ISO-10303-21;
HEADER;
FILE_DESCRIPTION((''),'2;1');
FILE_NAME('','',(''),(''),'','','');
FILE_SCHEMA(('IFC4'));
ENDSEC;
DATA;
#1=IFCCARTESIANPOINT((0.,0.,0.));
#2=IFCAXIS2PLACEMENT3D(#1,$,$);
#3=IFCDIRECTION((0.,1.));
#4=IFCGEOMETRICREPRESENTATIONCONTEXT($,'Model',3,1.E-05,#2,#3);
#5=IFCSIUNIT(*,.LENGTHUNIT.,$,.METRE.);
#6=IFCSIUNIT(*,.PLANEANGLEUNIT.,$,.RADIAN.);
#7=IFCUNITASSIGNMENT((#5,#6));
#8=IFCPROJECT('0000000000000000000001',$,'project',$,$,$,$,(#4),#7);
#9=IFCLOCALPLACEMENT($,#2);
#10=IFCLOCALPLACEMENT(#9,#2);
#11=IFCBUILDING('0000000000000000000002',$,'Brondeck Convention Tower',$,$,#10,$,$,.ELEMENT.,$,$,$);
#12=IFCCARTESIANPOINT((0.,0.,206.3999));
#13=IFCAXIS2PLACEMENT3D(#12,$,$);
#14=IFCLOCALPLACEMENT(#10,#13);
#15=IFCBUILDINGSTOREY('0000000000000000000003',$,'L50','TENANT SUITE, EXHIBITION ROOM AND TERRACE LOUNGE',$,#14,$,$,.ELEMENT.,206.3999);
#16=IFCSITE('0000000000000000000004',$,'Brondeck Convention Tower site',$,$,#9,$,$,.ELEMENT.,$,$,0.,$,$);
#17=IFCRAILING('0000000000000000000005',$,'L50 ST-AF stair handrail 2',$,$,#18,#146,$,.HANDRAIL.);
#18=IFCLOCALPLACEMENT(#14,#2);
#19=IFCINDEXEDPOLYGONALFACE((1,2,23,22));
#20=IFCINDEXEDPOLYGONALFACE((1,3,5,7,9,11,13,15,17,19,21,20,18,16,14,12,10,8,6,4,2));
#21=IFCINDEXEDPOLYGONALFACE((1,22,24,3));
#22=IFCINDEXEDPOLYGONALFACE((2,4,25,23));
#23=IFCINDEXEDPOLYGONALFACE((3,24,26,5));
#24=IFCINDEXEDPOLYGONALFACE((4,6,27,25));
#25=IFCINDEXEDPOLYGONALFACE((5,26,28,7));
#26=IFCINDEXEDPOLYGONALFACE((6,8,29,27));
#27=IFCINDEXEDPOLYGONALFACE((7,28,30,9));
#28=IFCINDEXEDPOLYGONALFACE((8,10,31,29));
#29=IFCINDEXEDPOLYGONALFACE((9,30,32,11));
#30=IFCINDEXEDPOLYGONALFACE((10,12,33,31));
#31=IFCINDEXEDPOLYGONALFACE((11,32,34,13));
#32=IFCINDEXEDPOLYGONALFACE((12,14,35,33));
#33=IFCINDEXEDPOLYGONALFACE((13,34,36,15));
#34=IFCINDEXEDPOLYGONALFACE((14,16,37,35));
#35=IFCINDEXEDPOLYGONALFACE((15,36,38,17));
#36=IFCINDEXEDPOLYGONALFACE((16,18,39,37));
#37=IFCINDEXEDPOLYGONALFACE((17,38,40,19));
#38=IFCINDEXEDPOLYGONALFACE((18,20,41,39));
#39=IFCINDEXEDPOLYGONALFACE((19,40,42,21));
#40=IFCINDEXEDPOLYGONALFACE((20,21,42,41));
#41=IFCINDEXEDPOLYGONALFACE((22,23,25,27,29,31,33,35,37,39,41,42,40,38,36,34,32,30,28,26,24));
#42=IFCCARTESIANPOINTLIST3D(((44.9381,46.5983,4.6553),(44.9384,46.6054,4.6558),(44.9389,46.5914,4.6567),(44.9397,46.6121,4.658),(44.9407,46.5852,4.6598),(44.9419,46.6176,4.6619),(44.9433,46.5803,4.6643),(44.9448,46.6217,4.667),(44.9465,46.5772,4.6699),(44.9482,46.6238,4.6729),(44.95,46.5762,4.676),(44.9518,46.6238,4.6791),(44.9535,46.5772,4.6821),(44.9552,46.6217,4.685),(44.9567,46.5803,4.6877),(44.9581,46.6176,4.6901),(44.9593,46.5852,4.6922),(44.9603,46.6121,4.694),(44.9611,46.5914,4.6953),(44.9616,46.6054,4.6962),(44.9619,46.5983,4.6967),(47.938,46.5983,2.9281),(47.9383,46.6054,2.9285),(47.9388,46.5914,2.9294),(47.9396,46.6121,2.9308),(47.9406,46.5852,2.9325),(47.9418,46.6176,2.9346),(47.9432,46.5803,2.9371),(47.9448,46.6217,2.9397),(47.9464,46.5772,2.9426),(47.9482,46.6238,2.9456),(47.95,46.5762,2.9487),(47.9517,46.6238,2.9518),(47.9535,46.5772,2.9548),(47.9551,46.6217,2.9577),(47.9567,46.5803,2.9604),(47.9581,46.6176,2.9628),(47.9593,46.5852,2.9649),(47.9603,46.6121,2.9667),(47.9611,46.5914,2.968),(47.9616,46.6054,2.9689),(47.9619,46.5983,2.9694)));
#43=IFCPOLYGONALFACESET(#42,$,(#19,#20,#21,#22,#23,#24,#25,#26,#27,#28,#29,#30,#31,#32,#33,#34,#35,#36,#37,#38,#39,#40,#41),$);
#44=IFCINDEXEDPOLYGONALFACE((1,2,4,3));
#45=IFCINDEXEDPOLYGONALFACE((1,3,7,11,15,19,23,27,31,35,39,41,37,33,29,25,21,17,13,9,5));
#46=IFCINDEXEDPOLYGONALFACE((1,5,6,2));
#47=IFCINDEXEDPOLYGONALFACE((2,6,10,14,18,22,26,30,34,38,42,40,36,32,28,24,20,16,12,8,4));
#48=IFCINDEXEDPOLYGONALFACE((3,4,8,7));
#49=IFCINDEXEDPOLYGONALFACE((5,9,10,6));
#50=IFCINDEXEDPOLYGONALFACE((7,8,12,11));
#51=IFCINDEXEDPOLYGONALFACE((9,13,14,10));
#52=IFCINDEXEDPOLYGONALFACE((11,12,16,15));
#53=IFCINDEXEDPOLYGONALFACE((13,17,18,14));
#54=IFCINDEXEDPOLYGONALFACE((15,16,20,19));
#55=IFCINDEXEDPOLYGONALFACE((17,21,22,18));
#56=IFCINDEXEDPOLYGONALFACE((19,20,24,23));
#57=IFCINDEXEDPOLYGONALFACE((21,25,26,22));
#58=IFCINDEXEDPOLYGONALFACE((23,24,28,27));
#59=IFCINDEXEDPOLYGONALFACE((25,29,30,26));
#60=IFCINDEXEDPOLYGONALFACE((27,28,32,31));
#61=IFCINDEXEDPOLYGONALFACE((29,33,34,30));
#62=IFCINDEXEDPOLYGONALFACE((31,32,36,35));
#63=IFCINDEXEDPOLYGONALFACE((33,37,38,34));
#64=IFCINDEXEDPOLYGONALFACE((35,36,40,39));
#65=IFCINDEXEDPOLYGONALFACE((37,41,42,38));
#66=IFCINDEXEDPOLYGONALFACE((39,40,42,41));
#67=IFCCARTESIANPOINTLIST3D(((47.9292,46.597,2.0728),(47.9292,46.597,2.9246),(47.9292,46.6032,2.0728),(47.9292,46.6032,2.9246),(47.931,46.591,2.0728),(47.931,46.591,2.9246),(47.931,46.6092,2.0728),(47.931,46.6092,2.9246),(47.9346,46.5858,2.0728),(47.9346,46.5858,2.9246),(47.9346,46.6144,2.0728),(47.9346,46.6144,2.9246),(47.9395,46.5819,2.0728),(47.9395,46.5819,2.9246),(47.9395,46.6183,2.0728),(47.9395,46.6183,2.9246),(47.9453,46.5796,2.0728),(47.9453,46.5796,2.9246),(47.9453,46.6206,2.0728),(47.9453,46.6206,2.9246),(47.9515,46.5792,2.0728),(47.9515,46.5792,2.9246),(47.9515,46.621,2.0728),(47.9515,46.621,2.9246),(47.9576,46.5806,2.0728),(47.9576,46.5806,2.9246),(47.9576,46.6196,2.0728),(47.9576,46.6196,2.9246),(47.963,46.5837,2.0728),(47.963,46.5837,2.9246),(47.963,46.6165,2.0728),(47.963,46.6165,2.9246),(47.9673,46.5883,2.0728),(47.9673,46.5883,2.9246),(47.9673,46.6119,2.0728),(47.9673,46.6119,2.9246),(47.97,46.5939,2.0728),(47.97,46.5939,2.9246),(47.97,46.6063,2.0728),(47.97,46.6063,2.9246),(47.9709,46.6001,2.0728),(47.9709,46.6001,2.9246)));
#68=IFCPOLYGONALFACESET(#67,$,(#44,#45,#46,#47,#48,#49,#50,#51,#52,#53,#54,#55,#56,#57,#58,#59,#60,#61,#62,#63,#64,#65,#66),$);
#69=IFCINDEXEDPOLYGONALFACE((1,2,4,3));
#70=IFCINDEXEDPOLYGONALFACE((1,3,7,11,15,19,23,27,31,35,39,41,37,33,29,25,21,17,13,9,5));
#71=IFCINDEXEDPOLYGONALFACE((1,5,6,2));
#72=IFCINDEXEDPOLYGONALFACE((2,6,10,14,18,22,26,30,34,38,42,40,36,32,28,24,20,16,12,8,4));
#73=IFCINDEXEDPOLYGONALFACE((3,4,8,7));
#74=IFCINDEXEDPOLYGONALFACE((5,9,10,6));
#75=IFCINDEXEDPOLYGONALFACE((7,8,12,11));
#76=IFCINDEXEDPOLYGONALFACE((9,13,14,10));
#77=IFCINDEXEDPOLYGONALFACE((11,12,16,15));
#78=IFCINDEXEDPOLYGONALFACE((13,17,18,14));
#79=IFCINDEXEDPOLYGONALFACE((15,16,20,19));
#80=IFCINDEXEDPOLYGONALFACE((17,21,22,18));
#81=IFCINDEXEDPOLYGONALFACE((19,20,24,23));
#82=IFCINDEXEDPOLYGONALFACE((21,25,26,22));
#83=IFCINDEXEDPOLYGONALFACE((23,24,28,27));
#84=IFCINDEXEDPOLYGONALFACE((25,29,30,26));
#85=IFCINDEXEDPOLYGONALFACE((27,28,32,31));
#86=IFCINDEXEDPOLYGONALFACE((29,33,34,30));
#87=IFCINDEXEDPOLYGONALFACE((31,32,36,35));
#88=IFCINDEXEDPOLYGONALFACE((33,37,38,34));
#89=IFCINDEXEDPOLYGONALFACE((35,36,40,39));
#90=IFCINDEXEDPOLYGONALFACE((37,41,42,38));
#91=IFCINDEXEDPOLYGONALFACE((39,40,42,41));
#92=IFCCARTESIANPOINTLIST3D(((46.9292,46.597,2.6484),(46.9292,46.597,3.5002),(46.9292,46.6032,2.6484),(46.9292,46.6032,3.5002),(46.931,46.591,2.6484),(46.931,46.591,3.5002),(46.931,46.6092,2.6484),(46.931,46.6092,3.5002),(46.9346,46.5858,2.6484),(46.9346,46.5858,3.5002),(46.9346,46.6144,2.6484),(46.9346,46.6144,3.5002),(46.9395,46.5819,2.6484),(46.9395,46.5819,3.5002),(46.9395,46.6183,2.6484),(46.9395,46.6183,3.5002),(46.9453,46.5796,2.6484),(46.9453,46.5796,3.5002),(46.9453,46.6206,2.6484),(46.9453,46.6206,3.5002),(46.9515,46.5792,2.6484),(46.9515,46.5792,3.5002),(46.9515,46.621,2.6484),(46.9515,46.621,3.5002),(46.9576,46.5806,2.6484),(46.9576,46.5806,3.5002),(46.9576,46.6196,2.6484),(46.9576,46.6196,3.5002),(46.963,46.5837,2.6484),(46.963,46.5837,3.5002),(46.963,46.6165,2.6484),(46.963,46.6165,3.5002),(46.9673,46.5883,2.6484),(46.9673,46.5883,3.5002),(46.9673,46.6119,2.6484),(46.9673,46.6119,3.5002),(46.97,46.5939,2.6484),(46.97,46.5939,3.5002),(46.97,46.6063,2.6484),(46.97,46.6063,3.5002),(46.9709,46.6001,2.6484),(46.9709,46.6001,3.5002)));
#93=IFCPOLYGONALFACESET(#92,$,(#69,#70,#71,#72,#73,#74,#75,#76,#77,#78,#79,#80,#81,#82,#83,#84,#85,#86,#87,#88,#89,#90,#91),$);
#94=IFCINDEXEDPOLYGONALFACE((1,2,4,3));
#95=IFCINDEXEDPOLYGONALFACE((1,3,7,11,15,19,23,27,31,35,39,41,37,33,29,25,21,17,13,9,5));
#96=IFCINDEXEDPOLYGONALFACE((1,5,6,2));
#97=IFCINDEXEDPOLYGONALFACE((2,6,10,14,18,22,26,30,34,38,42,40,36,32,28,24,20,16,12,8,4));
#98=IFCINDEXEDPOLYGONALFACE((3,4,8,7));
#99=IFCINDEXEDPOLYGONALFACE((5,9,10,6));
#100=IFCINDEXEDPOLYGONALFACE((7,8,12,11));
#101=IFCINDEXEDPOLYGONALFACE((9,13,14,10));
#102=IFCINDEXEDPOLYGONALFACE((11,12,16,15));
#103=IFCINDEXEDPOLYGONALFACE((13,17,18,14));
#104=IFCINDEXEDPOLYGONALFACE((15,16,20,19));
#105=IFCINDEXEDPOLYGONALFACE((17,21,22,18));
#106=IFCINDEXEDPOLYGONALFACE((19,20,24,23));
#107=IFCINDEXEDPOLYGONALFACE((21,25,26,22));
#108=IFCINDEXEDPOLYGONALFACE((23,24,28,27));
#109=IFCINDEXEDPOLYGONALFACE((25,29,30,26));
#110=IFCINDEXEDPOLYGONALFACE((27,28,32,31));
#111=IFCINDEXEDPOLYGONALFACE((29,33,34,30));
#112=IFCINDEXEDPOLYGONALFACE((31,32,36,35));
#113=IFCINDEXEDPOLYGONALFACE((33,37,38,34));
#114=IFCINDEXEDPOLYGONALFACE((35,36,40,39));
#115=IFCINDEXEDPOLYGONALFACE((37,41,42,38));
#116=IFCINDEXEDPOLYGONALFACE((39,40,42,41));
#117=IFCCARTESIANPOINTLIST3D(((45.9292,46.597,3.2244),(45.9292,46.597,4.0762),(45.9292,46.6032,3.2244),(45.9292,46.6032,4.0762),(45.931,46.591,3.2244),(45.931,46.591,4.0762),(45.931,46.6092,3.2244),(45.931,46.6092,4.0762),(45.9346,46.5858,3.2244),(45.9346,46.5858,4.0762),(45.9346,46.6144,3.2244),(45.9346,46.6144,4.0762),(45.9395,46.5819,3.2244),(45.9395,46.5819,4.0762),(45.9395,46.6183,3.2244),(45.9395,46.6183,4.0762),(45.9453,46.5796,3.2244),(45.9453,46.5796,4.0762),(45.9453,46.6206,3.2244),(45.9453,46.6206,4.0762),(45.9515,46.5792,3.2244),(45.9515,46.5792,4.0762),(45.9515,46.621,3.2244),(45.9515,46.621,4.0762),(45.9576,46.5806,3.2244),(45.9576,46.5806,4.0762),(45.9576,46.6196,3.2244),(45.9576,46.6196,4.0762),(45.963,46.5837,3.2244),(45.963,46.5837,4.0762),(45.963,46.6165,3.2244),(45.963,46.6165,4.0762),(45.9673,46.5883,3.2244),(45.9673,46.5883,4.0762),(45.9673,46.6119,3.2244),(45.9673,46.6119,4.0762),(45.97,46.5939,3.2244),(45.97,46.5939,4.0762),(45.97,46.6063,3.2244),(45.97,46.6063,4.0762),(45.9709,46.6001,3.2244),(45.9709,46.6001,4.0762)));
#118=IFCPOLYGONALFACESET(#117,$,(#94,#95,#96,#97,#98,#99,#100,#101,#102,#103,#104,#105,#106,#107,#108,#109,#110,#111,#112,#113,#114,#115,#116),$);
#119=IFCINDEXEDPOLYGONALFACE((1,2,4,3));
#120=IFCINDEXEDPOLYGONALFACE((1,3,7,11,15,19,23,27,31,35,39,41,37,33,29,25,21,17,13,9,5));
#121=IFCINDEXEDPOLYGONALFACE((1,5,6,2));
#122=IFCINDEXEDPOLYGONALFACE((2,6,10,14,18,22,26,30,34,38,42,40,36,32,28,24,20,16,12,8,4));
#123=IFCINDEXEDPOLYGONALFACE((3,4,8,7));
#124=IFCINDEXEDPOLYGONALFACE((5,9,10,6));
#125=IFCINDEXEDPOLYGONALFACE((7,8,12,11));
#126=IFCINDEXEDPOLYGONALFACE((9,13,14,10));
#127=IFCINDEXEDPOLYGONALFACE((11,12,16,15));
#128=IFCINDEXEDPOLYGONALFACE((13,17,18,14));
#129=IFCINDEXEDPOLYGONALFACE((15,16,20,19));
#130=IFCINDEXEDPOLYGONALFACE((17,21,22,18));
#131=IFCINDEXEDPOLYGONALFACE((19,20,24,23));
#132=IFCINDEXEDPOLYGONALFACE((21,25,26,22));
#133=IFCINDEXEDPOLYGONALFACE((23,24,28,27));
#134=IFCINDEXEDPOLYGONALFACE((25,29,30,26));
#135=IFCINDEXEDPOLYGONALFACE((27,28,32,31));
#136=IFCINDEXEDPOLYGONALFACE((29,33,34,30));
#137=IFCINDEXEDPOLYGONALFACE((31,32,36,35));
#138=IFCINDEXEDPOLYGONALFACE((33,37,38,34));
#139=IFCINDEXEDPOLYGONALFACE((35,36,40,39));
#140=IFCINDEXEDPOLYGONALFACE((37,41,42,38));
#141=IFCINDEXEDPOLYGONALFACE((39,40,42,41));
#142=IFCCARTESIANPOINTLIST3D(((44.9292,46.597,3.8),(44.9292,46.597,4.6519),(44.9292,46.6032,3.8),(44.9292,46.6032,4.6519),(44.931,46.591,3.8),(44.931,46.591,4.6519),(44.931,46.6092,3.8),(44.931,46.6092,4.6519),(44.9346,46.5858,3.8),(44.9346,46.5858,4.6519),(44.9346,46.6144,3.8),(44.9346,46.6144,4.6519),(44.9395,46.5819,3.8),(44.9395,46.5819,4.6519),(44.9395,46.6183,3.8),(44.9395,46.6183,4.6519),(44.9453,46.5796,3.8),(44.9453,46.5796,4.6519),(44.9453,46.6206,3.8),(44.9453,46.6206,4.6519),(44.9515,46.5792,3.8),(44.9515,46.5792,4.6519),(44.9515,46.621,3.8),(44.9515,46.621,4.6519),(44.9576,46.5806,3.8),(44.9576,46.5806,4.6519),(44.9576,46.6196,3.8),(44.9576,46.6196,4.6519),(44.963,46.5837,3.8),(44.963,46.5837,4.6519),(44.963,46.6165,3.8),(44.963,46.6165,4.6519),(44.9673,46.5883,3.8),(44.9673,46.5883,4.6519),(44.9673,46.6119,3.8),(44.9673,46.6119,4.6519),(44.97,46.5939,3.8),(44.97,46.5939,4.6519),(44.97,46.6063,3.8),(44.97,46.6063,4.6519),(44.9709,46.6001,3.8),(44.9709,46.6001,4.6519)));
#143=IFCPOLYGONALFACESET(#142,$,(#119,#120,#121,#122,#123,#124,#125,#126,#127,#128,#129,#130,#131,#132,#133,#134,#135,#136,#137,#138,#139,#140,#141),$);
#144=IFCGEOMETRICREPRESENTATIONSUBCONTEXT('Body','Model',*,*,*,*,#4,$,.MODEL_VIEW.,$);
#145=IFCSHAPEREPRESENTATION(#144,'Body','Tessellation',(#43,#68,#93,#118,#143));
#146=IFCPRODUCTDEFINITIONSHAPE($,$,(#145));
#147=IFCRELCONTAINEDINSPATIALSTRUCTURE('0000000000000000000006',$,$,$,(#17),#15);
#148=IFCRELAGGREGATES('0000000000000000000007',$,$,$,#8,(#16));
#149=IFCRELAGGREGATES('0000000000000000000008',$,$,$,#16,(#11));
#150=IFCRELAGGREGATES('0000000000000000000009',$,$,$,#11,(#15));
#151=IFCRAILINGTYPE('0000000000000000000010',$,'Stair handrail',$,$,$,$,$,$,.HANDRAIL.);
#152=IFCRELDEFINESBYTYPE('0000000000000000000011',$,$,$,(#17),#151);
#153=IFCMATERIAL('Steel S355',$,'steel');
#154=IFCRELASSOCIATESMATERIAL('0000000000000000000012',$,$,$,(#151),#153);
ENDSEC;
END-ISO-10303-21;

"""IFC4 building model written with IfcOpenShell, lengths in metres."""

from ifc_helpers import new_model, si_unit, direction, frame, origin, origin_2d, place, context, subcontext, project, spatial, circle, extrude, material, type_object, element, save


model = new_model("IFC4")

# Units and contexts
model_context = context("Model", 3, precision=1e-05, world=origin(), true_north=direction((0.0, 1.0)))
body_context = subcontext(model_context, "Body", "Model", "MODEL_VIEW")
ifc_project = project(units=[si_unit("LENGTHUNIT", "METRE"), si_unit("PLANEANGLEUNIT", "RADIAN")], contexts=[model_context])

# Site, building, storey
site_placement = place(None, origin())
site = spatial("IfcSite", under=ifc_project, at=site_placement, Name="Brondeck Convention Tower site", CompositionType="ELEMENT", RefElevation=0.0)
building_placement = place(site_placement, origin())
building = spatial("IfcBuilding", under=site, at=building_placement, Name="Brondeck Convention Tower", CompositionType="ELEMENT")
storey_placement = place(building_placement, frame((0.0, 0.0, 206.3999)))
storey = spatial("IfcBuildingStorey", under=building, at=storey_placement, Name="L50", Description="TENANT SUITE, EXHIBITION ROOM AND TERRACE LOUNGE", CompositionType="ELEMENT", Elevation=206.3999)

# Shared definitions
ifc_material_1 = material(Name="Steel S355", Category="steel")

# Railing
railing_type_1 = type_object("IfcRailingType", Name="Stair handrail", PredefinedType="HANDRAIL", material=ifc_material_1)
railing_1_placement = place(storey_placement, frame((47.95, 46.6001, 2.0728)))
element("IfcRailing", 1, at=railing_1_placement, inside=storey, type_object=railing_type_1, Name="L50 ST-AF stair handrail 2", PredefinedType="HANDRAIL", context=body_context, shape_type="SweptSolid", body=[
    extrude(circle(Radius=0.0239, at=origin_2d()), frame((0.0, 0.0, 0.876), z_axis=(-0.86662, 0.0, 0.498969), x_axis=(0.0, -1.0, 0.0)), (0.0, 0.0, 1.0), 3.4617),
    extrude(circle(Radius=0.021, at=origin_2d()), origin(), (0.0, 0.0, 1.0), 0.8518),
    extrude(circle(Radius=0.021, at=origin_2d()), frame((-1.0, 0.0, 0.5757)), (0.0, 0.0, 1.0), 0.8518),
    extrude(circle(Radius=0.021, at=origin_2d()), frame((-2.0, 0.0, 1.1516)), (0.0, 0.0, 1.0), 0.8518),
    extrude(circle(Radius=0.021, at=origin_2d()), frame((-3.0, 0.0, 1.7273)), (0.0, 0.0, 1.0), 0.8518),
])

save(model, "model.ifc")
